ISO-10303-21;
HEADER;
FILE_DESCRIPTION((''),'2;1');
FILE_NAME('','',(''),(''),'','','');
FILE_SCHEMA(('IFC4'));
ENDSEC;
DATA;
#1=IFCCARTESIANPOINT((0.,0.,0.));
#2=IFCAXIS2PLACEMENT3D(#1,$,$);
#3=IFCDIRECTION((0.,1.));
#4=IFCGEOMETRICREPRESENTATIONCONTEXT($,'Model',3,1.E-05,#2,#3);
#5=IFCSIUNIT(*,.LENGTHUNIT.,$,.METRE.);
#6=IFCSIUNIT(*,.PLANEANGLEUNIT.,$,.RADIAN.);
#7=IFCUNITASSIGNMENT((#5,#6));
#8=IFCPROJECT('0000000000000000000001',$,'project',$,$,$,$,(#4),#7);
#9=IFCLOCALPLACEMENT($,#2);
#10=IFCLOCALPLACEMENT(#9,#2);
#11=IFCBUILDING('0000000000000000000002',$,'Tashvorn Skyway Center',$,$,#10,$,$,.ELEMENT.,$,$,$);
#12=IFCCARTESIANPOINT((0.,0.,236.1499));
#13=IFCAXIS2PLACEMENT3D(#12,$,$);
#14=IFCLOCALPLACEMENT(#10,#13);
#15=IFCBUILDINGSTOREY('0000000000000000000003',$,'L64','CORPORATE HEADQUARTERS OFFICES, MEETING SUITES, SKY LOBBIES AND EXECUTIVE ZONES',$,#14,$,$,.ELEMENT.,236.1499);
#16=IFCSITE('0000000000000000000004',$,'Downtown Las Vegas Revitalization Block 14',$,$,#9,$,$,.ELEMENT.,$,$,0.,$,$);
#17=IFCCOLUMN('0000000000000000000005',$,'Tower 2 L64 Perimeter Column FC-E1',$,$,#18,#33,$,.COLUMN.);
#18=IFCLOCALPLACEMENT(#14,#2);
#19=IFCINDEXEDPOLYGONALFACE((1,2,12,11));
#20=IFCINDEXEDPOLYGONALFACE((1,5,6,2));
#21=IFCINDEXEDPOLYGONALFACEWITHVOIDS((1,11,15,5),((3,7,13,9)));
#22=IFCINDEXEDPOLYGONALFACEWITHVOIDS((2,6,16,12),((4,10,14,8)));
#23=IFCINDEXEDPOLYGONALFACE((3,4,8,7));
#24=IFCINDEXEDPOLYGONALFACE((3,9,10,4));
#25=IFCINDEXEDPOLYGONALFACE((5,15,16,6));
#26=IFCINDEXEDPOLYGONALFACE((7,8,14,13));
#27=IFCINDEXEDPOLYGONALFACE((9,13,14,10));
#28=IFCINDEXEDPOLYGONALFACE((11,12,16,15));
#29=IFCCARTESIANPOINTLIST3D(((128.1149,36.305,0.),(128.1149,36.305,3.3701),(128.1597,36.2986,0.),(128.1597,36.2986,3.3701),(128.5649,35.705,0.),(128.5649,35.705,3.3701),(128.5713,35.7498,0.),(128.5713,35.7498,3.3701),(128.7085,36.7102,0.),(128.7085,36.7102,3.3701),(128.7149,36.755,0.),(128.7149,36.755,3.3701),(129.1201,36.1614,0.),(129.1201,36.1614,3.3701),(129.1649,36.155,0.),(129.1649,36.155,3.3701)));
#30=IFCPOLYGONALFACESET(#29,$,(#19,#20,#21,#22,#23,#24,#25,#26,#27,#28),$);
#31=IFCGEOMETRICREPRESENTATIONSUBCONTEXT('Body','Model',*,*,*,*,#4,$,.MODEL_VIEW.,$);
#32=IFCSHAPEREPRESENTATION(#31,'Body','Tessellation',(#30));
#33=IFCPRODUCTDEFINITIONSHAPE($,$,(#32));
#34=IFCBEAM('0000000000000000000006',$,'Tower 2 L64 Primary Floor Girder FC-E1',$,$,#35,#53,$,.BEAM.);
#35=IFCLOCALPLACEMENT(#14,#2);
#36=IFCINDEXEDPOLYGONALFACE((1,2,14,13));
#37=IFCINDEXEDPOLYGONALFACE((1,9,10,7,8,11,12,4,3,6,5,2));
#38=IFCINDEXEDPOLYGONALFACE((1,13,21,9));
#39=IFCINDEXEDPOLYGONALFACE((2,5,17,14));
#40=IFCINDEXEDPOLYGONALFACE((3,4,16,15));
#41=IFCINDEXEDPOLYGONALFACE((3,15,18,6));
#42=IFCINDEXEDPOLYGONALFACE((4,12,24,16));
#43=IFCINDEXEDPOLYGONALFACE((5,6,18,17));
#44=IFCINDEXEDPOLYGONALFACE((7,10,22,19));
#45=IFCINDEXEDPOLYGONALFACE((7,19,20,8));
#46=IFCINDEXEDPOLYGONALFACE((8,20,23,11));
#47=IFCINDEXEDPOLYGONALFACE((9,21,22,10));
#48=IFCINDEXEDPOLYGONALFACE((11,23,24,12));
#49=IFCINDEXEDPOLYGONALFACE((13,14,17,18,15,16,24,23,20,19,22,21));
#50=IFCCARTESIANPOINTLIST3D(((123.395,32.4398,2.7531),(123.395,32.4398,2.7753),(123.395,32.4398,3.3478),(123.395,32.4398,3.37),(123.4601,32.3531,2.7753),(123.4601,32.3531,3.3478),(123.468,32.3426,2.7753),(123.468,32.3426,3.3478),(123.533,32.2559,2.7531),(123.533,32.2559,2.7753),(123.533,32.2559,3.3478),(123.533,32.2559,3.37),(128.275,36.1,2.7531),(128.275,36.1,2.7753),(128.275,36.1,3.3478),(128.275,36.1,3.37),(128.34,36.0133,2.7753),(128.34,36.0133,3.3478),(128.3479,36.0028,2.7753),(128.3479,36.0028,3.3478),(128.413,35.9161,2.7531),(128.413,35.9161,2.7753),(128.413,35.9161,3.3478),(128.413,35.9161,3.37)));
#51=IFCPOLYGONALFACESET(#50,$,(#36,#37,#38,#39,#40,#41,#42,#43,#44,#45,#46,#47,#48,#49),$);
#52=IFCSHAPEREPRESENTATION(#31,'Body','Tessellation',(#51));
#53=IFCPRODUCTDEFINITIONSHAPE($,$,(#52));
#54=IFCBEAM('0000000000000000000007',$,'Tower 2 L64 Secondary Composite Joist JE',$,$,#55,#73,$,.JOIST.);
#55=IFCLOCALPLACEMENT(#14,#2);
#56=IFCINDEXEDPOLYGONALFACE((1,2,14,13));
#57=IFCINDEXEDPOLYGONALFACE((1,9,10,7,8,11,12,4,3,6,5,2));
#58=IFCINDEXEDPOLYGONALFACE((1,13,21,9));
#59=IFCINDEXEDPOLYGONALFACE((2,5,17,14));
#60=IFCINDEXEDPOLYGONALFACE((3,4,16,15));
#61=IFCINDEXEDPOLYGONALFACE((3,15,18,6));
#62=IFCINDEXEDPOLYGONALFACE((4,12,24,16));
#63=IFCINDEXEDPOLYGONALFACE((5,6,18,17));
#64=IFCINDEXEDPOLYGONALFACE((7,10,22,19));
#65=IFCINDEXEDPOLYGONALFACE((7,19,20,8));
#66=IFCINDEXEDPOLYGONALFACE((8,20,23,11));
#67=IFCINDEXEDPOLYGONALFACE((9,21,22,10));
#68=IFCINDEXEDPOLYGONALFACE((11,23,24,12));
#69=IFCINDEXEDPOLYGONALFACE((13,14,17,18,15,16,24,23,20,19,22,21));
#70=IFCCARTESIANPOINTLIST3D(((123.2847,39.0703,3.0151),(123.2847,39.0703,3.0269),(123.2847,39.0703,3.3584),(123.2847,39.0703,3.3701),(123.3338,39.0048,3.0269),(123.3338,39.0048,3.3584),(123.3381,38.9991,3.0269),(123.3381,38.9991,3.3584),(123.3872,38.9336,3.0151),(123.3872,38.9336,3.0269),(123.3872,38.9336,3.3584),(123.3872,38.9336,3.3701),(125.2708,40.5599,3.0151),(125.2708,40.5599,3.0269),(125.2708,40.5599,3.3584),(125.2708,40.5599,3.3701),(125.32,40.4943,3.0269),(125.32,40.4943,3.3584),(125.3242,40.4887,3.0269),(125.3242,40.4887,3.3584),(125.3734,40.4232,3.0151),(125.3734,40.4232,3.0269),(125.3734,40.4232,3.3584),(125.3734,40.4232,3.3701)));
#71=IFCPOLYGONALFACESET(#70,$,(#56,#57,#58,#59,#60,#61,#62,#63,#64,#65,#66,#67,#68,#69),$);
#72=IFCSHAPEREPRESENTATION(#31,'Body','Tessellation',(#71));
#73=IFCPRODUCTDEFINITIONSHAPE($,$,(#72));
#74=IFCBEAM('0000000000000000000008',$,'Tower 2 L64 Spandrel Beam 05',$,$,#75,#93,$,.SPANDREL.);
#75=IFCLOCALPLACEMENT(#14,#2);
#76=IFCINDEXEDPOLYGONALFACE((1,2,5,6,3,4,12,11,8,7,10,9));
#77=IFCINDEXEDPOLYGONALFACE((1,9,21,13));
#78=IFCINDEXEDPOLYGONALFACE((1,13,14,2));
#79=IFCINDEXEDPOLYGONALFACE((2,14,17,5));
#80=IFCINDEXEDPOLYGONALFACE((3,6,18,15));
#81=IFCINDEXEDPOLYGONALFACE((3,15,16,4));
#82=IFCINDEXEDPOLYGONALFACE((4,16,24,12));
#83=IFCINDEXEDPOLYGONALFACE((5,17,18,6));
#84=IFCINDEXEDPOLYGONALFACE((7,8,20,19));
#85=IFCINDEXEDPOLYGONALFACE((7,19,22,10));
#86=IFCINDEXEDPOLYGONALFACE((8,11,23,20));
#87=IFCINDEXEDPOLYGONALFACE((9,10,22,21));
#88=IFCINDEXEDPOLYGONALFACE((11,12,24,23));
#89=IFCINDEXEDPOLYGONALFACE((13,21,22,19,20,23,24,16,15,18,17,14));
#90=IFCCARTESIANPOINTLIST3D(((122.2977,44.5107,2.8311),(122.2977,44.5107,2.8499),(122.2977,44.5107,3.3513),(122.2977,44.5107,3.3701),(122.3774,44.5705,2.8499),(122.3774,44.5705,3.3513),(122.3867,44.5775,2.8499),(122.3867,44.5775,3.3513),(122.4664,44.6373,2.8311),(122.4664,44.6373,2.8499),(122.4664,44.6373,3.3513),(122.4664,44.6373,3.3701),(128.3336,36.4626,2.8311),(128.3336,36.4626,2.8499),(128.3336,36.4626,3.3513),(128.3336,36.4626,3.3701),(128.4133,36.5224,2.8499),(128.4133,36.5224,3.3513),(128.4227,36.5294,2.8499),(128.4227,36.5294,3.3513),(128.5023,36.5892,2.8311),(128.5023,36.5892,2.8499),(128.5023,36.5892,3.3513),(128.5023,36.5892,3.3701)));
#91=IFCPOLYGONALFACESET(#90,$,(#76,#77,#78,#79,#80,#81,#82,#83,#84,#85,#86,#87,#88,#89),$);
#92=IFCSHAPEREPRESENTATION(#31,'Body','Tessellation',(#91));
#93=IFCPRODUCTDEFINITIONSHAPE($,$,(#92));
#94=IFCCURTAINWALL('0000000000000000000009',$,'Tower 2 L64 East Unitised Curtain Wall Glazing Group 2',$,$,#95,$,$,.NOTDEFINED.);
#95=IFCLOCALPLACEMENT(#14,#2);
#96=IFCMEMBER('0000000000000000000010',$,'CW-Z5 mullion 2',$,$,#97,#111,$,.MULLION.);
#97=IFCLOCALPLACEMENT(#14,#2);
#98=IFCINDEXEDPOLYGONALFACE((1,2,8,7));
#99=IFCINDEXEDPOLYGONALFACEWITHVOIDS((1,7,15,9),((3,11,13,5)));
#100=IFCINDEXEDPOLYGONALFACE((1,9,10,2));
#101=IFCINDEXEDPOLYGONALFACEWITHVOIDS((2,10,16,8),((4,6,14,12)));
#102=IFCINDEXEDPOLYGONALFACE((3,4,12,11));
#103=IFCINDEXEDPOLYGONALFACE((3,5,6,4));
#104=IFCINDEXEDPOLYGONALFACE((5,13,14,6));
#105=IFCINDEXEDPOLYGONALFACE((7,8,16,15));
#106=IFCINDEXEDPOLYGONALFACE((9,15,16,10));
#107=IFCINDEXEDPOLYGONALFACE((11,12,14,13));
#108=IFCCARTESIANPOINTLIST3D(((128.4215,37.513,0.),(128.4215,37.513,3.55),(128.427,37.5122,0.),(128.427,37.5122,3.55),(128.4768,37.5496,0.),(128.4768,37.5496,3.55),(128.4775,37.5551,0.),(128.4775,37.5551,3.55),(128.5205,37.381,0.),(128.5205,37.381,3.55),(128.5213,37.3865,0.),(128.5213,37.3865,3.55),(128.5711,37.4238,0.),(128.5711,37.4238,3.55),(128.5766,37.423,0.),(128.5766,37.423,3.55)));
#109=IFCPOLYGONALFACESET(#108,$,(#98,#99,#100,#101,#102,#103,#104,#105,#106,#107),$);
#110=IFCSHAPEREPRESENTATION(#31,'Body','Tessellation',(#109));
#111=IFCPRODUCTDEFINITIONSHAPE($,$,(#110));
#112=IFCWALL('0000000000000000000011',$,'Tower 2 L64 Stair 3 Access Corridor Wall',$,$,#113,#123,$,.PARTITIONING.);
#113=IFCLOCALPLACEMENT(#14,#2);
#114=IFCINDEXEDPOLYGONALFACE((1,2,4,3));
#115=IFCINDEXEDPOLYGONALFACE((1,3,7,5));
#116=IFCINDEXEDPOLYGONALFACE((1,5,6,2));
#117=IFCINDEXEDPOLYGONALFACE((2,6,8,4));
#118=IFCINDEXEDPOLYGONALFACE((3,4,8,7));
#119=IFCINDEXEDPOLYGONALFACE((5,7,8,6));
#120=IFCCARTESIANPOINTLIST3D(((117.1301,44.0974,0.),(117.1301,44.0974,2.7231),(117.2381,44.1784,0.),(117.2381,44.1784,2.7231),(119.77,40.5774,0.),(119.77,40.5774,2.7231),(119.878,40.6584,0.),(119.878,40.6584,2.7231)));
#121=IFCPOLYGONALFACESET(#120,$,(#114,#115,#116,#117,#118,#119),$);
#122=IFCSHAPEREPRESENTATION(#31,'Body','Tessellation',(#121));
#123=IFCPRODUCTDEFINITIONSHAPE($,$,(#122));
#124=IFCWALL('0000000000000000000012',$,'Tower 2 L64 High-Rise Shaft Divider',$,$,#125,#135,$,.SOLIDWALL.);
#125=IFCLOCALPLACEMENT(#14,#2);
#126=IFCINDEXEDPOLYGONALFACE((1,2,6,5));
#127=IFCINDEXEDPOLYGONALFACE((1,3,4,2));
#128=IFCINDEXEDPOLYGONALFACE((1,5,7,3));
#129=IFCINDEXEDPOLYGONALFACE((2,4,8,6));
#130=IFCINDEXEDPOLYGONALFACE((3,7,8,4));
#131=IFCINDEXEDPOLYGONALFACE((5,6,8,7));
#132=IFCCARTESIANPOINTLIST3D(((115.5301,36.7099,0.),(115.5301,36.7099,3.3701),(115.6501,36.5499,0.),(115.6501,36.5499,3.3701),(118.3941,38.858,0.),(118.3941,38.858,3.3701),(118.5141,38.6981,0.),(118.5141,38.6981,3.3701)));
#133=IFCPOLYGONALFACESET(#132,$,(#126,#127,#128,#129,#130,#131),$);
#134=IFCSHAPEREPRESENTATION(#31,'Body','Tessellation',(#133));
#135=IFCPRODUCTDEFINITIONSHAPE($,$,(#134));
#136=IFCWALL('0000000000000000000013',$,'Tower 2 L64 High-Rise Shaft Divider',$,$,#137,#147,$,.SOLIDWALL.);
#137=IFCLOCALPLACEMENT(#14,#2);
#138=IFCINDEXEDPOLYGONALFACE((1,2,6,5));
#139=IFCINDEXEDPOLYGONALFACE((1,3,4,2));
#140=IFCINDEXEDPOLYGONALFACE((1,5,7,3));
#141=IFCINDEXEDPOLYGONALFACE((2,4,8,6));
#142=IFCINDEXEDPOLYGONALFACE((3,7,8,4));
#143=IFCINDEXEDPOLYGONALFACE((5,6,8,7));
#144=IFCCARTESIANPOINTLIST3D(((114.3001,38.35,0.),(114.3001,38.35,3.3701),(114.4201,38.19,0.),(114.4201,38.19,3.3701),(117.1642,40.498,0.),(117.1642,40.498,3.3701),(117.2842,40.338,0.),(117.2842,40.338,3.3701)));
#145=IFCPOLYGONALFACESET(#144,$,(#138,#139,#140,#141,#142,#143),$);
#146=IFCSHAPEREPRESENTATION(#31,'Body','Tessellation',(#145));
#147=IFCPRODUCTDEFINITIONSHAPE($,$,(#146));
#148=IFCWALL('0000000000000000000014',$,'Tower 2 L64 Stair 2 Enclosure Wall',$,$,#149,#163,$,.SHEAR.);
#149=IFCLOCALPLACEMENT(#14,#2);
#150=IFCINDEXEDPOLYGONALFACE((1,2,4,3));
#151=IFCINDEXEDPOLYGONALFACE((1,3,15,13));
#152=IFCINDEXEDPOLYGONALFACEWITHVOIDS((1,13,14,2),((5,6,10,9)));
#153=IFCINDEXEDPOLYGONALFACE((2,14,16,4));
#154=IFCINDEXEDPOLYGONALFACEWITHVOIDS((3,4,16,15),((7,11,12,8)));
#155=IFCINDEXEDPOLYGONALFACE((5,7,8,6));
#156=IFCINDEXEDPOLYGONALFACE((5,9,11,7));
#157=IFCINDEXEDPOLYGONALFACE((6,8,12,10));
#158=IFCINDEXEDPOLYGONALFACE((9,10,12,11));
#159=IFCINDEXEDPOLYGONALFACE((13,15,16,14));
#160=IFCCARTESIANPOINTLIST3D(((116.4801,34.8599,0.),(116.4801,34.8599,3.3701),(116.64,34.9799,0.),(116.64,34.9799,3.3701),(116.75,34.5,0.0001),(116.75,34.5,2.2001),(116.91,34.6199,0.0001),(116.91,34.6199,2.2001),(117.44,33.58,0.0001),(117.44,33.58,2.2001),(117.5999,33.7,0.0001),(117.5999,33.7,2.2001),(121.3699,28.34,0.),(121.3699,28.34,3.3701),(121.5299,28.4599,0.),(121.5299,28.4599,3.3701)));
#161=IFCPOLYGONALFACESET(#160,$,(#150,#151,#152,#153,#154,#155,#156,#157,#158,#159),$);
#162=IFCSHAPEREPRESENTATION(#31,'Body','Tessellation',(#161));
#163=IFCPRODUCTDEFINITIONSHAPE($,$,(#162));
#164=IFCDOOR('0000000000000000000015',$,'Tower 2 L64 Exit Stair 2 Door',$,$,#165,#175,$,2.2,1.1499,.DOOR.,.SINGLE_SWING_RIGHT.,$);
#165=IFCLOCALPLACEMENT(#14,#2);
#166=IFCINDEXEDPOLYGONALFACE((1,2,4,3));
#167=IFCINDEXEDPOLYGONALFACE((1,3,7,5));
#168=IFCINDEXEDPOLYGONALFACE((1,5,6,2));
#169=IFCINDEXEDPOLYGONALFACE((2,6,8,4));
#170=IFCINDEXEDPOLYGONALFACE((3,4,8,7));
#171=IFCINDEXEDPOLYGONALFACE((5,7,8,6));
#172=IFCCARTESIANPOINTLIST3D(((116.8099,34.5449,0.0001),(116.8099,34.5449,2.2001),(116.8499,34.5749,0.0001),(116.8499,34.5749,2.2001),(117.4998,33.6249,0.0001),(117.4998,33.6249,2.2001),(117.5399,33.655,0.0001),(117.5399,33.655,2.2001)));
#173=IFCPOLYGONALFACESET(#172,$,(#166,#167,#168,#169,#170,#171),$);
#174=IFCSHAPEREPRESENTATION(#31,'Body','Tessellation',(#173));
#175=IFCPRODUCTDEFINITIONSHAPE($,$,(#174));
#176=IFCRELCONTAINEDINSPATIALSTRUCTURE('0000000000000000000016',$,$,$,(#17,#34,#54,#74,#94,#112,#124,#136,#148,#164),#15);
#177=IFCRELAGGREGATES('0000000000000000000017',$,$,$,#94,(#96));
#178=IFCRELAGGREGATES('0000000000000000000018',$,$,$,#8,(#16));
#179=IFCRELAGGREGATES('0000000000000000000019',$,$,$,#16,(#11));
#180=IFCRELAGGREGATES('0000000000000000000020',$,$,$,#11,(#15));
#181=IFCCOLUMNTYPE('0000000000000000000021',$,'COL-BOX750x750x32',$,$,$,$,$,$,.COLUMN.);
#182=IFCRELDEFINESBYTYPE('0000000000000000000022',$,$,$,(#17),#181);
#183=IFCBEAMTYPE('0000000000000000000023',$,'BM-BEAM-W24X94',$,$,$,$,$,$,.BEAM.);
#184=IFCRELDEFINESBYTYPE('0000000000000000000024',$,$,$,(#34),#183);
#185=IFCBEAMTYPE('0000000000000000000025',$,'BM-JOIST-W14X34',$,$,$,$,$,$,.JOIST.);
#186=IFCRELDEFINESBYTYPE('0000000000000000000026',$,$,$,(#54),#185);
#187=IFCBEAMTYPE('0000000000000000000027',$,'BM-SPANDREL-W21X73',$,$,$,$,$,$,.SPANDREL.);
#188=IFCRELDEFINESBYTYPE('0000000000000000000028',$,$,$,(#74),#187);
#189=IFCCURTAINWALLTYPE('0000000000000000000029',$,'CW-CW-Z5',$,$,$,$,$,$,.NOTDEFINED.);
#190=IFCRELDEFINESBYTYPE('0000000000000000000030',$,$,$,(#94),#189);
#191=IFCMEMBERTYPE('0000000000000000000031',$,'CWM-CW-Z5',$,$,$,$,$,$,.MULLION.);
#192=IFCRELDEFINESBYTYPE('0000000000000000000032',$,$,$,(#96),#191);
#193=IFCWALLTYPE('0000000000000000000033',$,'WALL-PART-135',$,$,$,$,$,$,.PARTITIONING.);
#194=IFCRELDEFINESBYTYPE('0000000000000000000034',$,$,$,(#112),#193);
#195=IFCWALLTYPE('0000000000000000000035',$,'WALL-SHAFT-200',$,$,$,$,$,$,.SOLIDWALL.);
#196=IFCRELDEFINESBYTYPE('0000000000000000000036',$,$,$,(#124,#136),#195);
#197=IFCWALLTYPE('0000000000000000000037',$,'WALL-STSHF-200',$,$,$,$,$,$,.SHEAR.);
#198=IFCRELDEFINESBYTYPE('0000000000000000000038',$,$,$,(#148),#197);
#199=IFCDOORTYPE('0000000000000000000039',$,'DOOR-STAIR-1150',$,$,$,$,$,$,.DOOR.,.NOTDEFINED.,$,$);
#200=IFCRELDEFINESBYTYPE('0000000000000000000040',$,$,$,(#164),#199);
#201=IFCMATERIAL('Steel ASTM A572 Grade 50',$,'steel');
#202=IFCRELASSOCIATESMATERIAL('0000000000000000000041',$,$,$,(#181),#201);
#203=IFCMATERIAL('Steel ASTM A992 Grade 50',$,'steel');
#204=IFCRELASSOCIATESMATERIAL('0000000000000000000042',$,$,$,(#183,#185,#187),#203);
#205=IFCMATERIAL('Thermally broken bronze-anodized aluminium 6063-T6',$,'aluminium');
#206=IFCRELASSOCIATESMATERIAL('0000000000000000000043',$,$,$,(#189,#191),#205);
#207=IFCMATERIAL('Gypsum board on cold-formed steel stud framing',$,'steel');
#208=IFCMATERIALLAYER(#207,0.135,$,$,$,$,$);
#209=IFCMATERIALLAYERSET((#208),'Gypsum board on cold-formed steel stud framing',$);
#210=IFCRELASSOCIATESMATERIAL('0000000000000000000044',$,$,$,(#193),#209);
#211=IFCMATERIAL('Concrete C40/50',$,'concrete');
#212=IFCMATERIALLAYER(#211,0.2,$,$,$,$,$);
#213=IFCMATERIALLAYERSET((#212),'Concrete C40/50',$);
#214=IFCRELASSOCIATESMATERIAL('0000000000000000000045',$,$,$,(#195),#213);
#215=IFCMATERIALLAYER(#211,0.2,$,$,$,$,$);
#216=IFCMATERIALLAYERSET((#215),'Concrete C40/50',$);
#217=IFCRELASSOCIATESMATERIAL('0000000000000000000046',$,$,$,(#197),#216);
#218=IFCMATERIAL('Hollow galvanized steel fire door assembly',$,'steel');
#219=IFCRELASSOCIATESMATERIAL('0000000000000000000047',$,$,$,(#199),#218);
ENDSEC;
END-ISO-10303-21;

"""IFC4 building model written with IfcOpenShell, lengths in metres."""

from ifc_helpers import new_model, si_unit, direction, frame, frame_2d, origin, origin_2d, place, context, subcontext, project, spatial, rectangle, hollow_rectangle, i_section, extrude, material, layer, layer_set, material_profile, profile_set, type_object, element, fill, aggregate, save


model = new_model("IFC4")

# Units and contexts
model_context = context("Model", 3, precision=1e-05, world=origin(), true_north=direction((0.0, 1.0)))
body_context = subcontext(model_context, "Body", "Model", "MODEL_VIEW")
ifc_project = project(units=[si_unit("LENGTHUNIT", "METRE"), si_unit("PLANEANGLEUNIT", "RADIAN")], contexts=[model_context])

# Site, building, storey
site_placement = place(None, origin())
site = spatial("IfcSite", under=ifc_project, at=site_placement, Name="Downtown Las Vegas Revitalization Block 14", CompositionType="ELEMENT", RefElevation=0.0)
building_placement = place(site_placement, origin())
building = spatial("IfcBuilding", under=site, at=building_placement, Name="Tashvorn Skyway Center", CompositionType="ELEMENT")
storey_placement = place(building_placement, frame((0.0, 0.0, 236.1499)))
storey = spatial("IfcBuildingStorey", under=building, at=storey_placement, Name="L64", Description="CORPORATE HEADQUARTERS OFFICES, MEETING SUITES, SKY LOBBIES AND EXECUTIVE ZONES", CompositionType="ELEMENT", Elevation=236.1499)

# Column
ifc_material_1 = material(Name="Steel ASTM A572 Grade 50", Category="steel")
ifc_material_profile_1 = material_profile(ifc_material_1, hollow_rectangle(XDim=0.75, YDim=0.75, WallThickness=0.032, at=origin_2d()), Name="BOX750x750x32")
ifc_profile_set_1 = profile_set([ifc_material_profile_1], Name="Steel ASTM A572 Grade 50")
column_type = type_object("IfcColumnType", Name="COL-BOX750x750x32", PredefinedType="COLUMN", material=ifc_profile_set_1)
column_placement = place(storey_placement, frame((128.6399, 36.23, 0.0), z_axis=(0.0, 0.0, 1.0), x_axis=(0.8, 0.6, 0.0)))
element("IfcColumn", 1, at=column_placement, inside=storey, type_object=column_type, Name="Tower 2 L64 Perimeter Column FC-E1", PredefinedType="COLUMN", context=body_context, shape_type="SweptSolid", body=[
    extrude(hollow_rectangle(XDim=0.75, YDim=0.75, WallThickness=0.032, at=origin_2d()), origin(), (0.0, 0.0, 1.0), 3.3701),
])

# Beams
ifc_material_2 = material(Name="Steel ASTM A992 Grade 50", Category="steel")
ifc_material_profile_2 = material_profile(ifc_material_2, i_section(OverallWidth=0.23, OverallDepth=0.6169, WebThickness=0.0132, FlangeThickness=0.0222, at=origin_2d()), Name="W24X94")
ifc_profile_set_2 = profile_set([ifc_material_profile_2], Name="Steel ASTM A992 Grade 50")
beam_type_1 = type_object("IfcBeamType", Name="BM-BEAM-W24X94", PredefinedType="BEAM", material=ifc_profile_set_2)
beam_1_placement = place(storey_placement, frame((128.344, 36.0081, 3.0615), z_axis=(-0.799981, -0.600026, 0.0), x_axis=(0.600026, -0.799981, 0.0)))
element("IfcBeam", 2, at=beam_1_placement, inside=storey, type_object=beam_type_1, Name="Tower 2 L64 Primary Floor Girder FC-E1", PredefinedType="BEAM", context=body_context, shape_type="SweptSolid", body=[
    extrude(i_section(OverallWidth=0.23, OverallDepth=0.6169, WebThickness=0.0132, FlangeThickness=0.0222, at=origin_2d()), origin(), (0.0, 0.0, 1.0), 6.1001),
])
ifc_material_profile_3 = material_profile(ifc_material_2, i_section(OverallWidth=0.1709, OverallDepth=0.355, WebThickness=0.0071, FlangeThickness=0.0117, at=origin_2d()), Name="W14X34")
ifc_profile_set_3 = profile_set([ifc_material_profile_3], Name="Steel ASTM A992 Grade 50")
beam_type_2 = type_object("IfcBeamType", Name="BM-JOIST-W14X34", PredefinedType="JOIST", material=ifc_profile_set_3)
beam_2_placement = place(storey_placement, frame((123.3359, 39.002, 3.1926), z_axis=(0.800012, 0.599984, 0.0), x_axis=(-0.599984, 0.800012, 0.0)))
element("IfcBeam", 3, at=beam_2_placement, inside=storey, type_object=beam_type_2, Name="Tower 2 L64 Secondary Composite Joist JE", PredefinedType="JOIST", context=body_context, shape_type="SweptSolid", body=[
    extrude(i_section(OverallWidth=0.1709, OverallDepth=0.355, WebThickness=0.0071, FlangeThickness=0.0117, at=origin_2d()), origin(), (0.0, 0.0, 1.0), 2.4827),
])
ifc_material_profile_4 = material_profile(ifc_material_2, i_section(OverallWidth=0.2109, OverallDepth=0.5391, WebThickness=0.0117, FlangeThickness=0.0188, at=origin_2d()), Name="W21X73")
ifc_profile_set_4 = profile_set([ifc_material_profile_4], Name="Steel ASTM A992 Grade 50")
beam_type_3 = type_object("IfcBeamType", Name="BM-SPANDREL-W21X73", PredefinedType="SPANDREL", material=ifc_profile_set_4)
beam_3_placement = place(storey_placement, frame((128.418, 36.5259, 3.1006), z_axis=(-0.599988, 0.800009, 0.0), x_axis=(-0.800009, -0.599988, 0.0)))
element("IfcBeam", 4, at=beam_3_placement, inside=storey, type_object=beam_type_3, Name="Tower 2 L64 Spandrel Beam 05", PredefinedType="SPANDREL", context=body_context, shape_type="SweptSolid", body=[
    extrude(i_section(OverallWidth=0.2109, OverallDepth=0.5391, WebThickness=0.0117, FlangeThickness=0.0188, at=origin_2d()), origin(), (0.0, 0.0, 1.0), 10.0601),
])

# Curtain wall, member
ifc_material_3 = material(Name="Thermally broken bronze-anodized aluminium 6063-T6", Category="aluminium")
curtain_wall_type = type_object("IfcCurtainWallType", Name="CW-CW-Z5", PredefinedType="NOTDEFINED", material=ifc_material_3)
curtain_wall_placement = place(storey_placement, origin())
curtain_wall = element("IfcCurtainWall", 5, at=curtain_wall_placement, inside=storey, type_object=curtain_wall_type, Name="Tower 2 L64 East Unitised Curtain Wall Glazing Group 2", PredefinedType="NOTDEFINED")
ifc_material_profile_5 = material_profile(ifc_material_3, hollow_rectangle(XDim=0.0701, YDim=0.165, WallThickness=0.0039, at=origin_2d()), Name="ALU-MULL-70x165")
ifc_profile_set_5 = profile_set([ifc_material_profile_5], Name="Thermally broken bronze-anodized aluminium 6063-T6")
member_type = type_object("IfcMemberType", Name="CWM-CW-Z5", PredefinedType="MULLION", material=ifc_profile_set_5)
member_placement = place(storey_placement, frame((128.499, 37.468, 0.0), z_axis=(0.0, 0.0, 1.0), x_axis=(0.8, 0.6, 0.0)))
member = element("IfcMember", 6, at=member_placement, type_object=member_type, Name="CW-Z5 mullion 2", PredefinedType="MULLION", context=body_context, shape_type="SweptSolid", body=[
    extrude(hollow_rectangle(XDim=0.0701, YDim=0.165, WallThickness=0.0039, at=origin_2d()), origin(), (0.0, 0.0, 1.0), 3.55),
])
aggregate(curtain_wall, [member])

# Walls
ifc_material_4 = material(Name="Gypsum board on cold-formed steel stud framing", Category="steel")
ifc_layer_1 = layer(ifc_material_4, 0.135)
ifc_layer_set_1 = layer_set([ifc_layer_1], Name="Gypsum board on cold-formed steel stud framing")
wall_type_1 = type_object("IfcWallType", Name="WALL-PART-135", PredefinedType="PARTITIONING", material=ifc_layer_set_1)
wall_1_placement = place(storey_placement, frame((119.824, 40.6179, 0.0), z_axis=(0.0, 0.0, 1.0), x_axis=(-0.599982, 0.800013, 0.0)))
element("IfcWall", 7, at=wall_1_placement, inside=storey, type_object=wall_type_1, Name="Tower 2 L64 Stair 3 Access Corridor Wall", PredefinedType="PARTITIONING", context=body_context, shape_type="SweptSolid", body=[
    extrude(rectangle(XDim=4.3999, YDim=0.135, at=frame_2d((2.2, 0.0))), origin(), (0.0, 0.0, 1.0), 2.7231),
])
ifc_material_5 = material(Name="Concrete C40/50", Category="concrete")
ifc_layer_2 = layer(ifc_material_5, 0.2)
ifc_layer_set_2 = layer_set([ifc_layer_2], Name="Concrete C40/50")
wall_type_2 = type_object("IfcWallType", Name="WALL-SHAFT-200", PredefinedType="SOLIDWALL", material=ifc_layer_set_2)
for number, where, z_axis, x_axis, name in (
    (8, (115.5901, 36.6299, 0.0), (0.0, 0.0, 1.0), (0.799975, 0.600033, 0.0), "Tower 2 L64 High-Rise Shaft Divider"),
    (9, (114.3601, 38.27, 0.0), (0.0, 0.0, 1.0), (0.800008, 0.599989, 0.0), "Tower 2 L64 High-Rise Shaft Divider"),
):
    element("IfcWall", number, at=place(storey_placement, frame(where, z_axis=z_axis, x_axis=x_axis)), inside=storey, type_object=wall_type_2, Name=name, PredefinedType="SOLIDWALL", context=body_context, shape_type="SweptSolid", body=[
        extrude(rectangle(XDim=3.5801, YDim=0.2, at=frame_2d((1.79, 0.0))), origin(), (0.0, 0.0, 1.0), 3.3701),
    ])

# Wall, opening, door
ifc_layer_3 = layer(ifc_material_5, 0.2)
ifc_layer_set_3 = layer_set([ifc_layer_3], Name="Concrete C40/50")
wall_type_3 = type_object("IfcWallType", Name="WALL-STSHF-200", PredefinedType="SHEAR", material=ifc_layer_set_3)
wall_2_placement = place(storey_placement, frame((116.5601, 34.9199, 0.0), z_axis=(0.0, 0.0, 1.0), x_axis=(0.59999, -0.800007, 0.0)))
wall_2 = element("IfcWall", 10, at=wall_2_placement, inside=storey, type_object=wall_type_3, Name="Tower 2 L64 Stair 2 Enclosure Wall", PredefinedType="SHEAR", context=body_context, shape_type="SweptSolid", body=[
    extrude(rectangle(XDim=8.1499, YDim=0.2, at=frame_2d((4.075, 0.0))), origin(), (0.0, 0.0, 1.0), 3.3701),
])
opening_placement = place(wall_2_placement, frame((0.45, 0.0, 0.0)))
opening = element("IfcOpeningElement", 11, at=opening_placement, cuts=wall_2, PredefinedType="OPENING", context=body_context, shape_type="SweptSolid", body=[
    extrude(rectangle(XDim=1.1499, YDim=2.2, at=frame_2d((0.575, 1.1001))), frame((0.0, 0.1099, 0.0), z_axis=(0.0, -1.0, 0.0), x_axis=(1.0, 0.0, 0.0)), (0.0, 0.0, 1.0), 0.22),
])
ifc_material_6 = material(Name="Hollow galvanized steel fire door assembly", Category="steel")
door_type = type_object("IfcDoorType", Name="DOOR-STAIR-1150", OperationType="NOTDEFINED", PredefinedType="DOOR", material=ifc_material_6)
door_placement = place(opening_placement, origin())
door = element("IfcDoor", 12, at=door_placement, inside=storey, type_object=door_type, Name="Tower 2 L64 Exit Stair 2 Door", OperationType="SINGLE_SWING_RIGHT", OverallHeight=2.2, OverallWidth=1.1499, PredefinedType="DOOR", context=body_context, shape_type="SweptSolid", body=[
    extrude(rectangle(XDim=1.1499, YDim=2.2, at=frame_2d((0.575, 1.1001))), frame((0.0, 0.0249, 0.0), z_axis=(0.0, -1.0, 0.0), x_axis=(1.0, 0.0, 0.0)), (0.0, 0.0, 1.0), 0.05),
])
fill(opening, door)

save(model, "model.ifc")
